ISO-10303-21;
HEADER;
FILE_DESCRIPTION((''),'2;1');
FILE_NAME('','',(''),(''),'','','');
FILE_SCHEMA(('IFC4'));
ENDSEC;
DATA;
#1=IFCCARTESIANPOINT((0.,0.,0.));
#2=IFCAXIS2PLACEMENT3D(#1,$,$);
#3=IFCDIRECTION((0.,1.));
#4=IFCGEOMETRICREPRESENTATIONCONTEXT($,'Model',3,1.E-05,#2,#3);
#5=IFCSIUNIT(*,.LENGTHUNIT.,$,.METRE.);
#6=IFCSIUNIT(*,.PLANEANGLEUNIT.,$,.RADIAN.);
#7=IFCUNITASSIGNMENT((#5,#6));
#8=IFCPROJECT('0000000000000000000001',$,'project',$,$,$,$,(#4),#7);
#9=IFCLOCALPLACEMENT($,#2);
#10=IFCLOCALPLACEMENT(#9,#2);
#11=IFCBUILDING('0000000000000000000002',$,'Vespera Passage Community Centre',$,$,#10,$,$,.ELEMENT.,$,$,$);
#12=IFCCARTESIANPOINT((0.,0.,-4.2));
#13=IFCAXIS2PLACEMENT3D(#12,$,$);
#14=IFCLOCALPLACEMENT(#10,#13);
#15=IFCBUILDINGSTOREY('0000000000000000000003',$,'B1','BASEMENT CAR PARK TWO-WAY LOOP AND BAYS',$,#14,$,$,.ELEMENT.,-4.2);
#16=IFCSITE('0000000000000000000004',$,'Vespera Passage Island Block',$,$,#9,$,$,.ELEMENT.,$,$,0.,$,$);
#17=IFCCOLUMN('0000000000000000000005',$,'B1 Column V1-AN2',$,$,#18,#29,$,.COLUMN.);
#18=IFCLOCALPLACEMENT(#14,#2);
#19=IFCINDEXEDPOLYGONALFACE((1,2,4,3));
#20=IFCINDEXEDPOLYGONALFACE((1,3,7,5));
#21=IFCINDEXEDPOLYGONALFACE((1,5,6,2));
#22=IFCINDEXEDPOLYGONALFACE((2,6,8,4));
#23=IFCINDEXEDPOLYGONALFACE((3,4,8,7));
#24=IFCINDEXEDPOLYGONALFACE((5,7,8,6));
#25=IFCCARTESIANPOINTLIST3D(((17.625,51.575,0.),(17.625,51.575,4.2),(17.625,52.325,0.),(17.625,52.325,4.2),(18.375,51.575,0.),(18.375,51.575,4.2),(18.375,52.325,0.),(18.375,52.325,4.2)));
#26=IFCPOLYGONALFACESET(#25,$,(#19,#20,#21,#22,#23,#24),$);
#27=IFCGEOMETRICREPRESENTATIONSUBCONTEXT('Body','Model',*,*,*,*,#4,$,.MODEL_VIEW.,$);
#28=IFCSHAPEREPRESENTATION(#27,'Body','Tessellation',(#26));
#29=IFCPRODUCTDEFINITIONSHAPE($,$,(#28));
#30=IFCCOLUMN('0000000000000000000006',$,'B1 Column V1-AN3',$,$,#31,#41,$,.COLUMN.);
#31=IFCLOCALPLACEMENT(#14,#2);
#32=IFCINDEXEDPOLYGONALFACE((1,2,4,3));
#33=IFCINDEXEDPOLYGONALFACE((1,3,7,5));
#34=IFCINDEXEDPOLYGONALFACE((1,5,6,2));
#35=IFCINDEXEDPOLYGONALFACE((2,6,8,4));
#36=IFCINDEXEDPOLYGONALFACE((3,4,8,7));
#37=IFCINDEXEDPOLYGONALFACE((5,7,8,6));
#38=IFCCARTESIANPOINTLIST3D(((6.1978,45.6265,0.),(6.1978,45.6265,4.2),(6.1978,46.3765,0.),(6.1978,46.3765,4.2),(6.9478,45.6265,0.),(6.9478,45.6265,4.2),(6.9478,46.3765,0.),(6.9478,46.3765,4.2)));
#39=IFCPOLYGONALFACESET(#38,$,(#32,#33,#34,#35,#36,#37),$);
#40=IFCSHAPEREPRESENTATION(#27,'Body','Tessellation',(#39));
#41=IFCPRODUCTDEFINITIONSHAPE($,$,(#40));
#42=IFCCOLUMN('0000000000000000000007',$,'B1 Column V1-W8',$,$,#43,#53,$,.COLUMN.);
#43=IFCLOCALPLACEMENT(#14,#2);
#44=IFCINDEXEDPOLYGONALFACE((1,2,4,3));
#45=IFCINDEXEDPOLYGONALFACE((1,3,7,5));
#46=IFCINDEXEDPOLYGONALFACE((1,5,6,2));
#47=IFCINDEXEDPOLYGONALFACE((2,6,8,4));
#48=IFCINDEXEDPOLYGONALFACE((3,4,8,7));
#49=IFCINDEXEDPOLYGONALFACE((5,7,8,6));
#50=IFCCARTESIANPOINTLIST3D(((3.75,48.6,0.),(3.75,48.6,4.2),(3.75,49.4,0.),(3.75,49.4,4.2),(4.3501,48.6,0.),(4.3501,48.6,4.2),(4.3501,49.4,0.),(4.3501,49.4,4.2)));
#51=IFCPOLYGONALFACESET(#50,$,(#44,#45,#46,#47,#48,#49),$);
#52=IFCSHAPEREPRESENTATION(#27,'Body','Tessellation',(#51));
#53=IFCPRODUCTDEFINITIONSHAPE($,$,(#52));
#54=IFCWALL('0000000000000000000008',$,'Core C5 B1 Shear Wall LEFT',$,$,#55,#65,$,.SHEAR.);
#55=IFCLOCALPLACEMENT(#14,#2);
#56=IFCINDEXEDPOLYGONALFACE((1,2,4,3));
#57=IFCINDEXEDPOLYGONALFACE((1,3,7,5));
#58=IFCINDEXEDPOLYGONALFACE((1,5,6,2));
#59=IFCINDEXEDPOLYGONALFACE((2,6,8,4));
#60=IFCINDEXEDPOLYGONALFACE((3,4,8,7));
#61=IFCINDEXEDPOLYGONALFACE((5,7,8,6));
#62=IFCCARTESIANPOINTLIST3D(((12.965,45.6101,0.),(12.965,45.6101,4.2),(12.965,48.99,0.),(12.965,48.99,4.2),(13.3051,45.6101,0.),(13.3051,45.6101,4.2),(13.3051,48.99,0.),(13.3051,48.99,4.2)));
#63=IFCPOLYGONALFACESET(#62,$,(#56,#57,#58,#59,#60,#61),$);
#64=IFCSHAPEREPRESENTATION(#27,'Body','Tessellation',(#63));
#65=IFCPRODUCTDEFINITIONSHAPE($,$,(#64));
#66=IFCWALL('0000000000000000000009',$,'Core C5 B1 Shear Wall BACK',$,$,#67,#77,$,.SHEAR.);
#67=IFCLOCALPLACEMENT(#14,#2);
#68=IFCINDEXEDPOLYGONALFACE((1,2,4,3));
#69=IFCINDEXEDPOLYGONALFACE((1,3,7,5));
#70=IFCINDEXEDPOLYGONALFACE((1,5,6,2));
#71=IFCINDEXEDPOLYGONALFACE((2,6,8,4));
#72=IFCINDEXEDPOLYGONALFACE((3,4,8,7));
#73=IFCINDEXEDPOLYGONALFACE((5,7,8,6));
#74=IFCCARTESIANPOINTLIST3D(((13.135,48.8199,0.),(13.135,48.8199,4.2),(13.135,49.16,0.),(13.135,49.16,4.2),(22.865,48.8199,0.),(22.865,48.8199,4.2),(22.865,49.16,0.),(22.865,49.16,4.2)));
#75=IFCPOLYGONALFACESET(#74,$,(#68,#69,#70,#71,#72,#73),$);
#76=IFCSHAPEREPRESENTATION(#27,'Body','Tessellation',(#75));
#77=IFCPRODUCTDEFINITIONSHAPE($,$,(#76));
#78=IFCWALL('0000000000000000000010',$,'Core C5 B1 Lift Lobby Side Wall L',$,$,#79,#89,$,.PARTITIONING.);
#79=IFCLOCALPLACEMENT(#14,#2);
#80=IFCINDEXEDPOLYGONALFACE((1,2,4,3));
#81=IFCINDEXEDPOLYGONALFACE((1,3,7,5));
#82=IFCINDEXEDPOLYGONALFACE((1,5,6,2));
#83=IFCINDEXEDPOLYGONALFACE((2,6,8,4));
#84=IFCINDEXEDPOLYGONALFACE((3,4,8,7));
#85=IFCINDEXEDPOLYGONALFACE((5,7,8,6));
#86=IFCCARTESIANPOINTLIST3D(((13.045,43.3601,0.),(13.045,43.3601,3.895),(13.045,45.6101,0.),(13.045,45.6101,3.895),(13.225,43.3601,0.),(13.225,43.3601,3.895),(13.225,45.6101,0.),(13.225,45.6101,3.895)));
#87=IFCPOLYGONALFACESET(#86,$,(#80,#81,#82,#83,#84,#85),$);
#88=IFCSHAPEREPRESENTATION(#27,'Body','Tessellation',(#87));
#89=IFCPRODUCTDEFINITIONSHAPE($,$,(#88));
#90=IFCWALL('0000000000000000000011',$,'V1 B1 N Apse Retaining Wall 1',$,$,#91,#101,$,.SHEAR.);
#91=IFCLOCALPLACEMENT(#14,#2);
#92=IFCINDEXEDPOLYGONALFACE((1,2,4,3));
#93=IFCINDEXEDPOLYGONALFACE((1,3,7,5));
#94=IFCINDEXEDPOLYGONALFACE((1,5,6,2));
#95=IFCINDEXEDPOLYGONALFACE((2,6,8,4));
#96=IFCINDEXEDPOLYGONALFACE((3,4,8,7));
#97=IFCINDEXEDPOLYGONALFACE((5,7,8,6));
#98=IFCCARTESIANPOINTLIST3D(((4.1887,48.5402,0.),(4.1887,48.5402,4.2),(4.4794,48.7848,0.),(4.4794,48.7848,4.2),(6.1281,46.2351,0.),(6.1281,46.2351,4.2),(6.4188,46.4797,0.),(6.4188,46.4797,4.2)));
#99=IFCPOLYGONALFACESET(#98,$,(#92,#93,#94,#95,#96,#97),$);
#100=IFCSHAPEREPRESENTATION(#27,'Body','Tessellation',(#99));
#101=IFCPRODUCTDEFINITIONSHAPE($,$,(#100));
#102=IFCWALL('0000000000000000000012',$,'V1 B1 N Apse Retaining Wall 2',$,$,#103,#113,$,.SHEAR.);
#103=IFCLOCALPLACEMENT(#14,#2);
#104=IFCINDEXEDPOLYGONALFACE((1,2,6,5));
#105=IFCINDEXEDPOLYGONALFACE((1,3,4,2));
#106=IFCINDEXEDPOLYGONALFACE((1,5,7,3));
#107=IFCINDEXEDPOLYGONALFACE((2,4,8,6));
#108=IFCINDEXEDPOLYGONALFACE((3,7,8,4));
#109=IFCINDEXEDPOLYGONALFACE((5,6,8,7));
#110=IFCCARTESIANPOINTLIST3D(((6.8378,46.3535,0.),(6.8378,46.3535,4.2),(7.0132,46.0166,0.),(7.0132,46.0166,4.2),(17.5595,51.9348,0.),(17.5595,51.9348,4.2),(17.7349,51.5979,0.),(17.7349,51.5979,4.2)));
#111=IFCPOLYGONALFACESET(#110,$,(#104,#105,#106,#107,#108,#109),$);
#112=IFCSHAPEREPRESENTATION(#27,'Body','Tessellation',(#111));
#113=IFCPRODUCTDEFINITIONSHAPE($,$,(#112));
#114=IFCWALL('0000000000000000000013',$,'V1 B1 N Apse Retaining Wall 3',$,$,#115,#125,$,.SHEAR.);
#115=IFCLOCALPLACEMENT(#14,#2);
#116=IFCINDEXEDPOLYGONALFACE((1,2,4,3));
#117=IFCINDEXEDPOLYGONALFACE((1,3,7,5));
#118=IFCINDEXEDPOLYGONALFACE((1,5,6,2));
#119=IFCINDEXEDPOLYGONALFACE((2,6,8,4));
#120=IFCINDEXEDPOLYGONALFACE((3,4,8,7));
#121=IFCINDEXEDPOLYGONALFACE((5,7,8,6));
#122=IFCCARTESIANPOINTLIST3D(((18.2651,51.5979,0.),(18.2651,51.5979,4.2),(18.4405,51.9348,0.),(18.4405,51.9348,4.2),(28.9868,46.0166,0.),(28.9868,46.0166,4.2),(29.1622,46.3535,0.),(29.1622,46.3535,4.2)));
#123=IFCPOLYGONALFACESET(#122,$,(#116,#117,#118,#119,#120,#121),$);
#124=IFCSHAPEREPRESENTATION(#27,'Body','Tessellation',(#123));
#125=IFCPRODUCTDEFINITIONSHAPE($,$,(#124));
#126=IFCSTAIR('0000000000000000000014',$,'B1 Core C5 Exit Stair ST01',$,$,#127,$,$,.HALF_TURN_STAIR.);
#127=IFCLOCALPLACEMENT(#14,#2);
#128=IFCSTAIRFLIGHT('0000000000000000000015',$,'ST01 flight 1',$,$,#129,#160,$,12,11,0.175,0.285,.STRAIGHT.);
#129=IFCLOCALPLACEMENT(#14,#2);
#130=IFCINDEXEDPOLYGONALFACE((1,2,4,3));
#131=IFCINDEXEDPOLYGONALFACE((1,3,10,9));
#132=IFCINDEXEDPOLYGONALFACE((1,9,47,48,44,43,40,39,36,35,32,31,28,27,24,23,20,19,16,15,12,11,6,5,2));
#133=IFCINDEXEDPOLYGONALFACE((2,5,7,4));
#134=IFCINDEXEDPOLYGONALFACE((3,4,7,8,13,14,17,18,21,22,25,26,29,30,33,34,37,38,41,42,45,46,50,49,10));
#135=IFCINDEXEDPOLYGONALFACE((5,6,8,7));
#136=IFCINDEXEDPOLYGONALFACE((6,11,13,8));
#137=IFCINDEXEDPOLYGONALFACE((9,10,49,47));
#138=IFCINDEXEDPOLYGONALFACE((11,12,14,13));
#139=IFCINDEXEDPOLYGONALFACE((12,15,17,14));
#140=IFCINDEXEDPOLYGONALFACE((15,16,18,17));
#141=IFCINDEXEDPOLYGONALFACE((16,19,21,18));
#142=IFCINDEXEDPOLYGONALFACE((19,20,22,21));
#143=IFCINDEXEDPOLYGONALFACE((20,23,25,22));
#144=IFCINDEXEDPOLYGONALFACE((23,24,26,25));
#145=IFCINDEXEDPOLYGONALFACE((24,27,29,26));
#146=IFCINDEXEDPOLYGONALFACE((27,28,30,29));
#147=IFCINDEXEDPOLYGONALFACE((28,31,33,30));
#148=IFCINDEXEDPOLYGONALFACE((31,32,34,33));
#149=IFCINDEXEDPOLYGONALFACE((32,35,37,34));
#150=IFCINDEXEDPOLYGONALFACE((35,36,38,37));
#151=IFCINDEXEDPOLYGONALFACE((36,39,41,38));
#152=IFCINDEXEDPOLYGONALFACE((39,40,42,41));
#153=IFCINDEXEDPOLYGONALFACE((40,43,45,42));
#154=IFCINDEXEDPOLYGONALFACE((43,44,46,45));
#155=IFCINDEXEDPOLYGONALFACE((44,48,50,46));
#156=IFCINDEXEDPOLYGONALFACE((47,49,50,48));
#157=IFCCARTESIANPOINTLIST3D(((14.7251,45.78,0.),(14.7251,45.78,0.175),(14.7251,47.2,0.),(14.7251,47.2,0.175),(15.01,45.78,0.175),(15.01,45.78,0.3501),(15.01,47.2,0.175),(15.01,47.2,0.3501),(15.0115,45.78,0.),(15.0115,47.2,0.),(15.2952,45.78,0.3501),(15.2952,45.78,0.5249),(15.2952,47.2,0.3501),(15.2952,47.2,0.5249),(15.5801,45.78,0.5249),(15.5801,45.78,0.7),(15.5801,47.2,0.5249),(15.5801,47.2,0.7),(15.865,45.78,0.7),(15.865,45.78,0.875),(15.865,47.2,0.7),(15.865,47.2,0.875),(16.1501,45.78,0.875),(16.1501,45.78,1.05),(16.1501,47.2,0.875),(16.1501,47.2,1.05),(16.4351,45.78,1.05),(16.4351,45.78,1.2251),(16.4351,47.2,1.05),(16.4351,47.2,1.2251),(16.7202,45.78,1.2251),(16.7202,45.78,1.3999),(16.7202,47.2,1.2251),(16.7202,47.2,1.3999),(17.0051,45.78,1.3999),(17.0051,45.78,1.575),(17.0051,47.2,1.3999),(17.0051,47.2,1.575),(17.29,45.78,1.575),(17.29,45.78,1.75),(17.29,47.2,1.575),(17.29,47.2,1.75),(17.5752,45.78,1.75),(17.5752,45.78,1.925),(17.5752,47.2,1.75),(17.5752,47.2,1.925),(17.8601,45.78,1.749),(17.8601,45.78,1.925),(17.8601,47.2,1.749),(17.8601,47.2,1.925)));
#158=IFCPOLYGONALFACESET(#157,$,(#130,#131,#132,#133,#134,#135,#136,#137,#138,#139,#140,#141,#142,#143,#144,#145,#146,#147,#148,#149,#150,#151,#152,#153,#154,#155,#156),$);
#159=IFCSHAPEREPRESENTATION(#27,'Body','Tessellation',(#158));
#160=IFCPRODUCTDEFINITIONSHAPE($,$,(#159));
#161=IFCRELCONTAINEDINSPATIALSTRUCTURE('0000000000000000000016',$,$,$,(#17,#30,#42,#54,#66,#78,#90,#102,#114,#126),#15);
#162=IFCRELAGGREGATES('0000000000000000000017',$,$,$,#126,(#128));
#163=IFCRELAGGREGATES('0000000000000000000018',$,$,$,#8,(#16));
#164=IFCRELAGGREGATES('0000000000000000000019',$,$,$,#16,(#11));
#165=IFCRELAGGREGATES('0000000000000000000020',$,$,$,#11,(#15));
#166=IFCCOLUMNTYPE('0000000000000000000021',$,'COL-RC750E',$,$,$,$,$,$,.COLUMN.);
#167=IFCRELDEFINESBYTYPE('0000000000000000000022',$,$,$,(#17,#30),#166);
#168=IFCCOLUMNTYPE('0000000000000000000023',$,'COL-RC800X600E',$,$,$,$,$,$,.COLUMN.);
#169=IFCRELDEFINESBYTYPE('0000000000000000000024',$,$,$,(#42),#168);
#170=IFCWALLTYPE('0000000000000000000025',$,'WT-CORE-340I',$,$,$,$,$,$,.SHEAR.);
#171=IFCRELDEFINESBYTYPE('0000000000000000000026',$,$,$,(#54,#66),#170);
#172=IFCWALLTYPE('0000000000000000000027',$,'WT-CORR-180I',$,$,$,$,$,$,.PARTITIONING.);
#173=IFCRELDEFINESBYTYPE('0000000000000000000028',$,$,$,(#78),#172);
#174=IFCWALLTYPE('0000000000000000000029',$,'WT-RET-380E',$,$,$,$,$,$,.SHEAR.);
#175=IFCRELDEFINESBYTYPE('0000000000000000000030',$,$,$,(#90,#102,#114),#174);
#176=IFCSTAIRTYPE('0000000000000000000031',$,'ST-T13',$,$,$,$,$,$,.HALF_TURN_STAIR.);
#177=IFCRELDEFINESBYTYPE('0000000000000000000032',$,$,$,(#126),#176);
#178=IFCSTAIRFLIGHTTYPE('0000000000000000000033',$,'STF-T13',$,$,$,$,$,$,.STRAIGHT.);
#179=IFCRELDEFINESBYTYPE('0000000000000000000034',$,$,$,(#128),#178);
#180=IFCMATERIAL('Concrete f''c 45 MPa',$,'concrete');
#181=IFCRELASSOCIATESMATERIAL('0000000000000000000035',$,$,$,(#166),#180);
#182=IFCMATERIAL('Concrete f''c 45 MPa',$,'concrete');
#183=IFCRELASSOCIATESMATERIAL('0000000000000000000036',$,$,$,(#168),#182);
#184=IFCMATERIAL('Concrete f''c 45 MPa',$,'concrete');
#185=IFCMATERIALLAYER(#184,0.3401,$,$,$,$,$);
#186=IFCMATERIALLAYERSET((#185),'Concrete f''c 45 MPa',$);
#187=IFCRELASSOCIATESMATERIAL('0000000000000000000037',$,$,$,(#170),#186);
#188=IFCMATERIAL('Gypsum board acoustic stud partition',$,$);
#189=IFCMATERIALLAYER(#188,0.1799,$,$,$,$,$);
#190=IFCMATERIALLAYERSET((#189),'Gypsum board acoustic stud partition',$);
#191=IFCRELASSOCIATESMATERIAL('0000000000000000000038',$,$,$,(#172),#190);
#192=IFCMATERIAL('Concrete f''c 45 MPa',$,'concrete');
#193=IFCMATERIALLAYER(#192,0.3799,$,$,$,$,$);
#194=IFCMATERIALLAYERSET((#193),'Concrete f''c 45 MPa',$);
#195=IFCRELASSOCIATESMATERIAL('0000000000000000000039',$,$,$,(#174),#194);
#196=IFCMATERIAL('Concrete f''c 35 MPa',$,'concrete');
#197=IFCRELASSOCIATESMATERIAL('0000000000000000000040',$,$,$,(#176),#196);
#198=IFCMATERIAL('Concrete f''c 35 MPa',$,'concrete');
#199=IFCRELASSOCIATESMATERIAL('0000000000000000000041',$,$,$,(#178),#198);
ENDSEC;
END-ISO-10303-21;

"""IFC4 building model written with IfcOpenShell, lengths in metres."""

from ifc_helpers import new_model, si_unit, direction, frame, frame_2d, origin, origin_2d, place, context, subcontext, project, spatial, polyline, rectangle, outline, extrude, material, layer, layer_set, material_profile, profile_set, type_object, element, aggregate, save


model = new_model("IFC4")

# Units and contexts
model_context = context("Model", 3, precision=1e-05, world=origin(), true_north=direction((0.0, 1.0)))
body_context = subcontext(model_context, "Body", "Model", "MODEL_VIEW")
ifc_project = project(units=[si_unit("LENGTHUNIT", "METRE"), si_unit("PLANEANGLEUNIT", "RADIAN")], contexts=[model_context])

# Site, building, storey
site_placement = place(None, origin())
site = spatial("IfcSite", under=ifc_project, at=site_placement, Name="Vespera Passage Island Block", CompositionType="ELEMENT", RefElevation=0.0)
building_placement = place(site_placement, origin())
building = spatial("IfcBuilding", under=site, at=building_placement, Name="Vespera Passage Community Centre", CompositionType="ELEMENT")
storey_placement = place(building_placement, frame((0.0, 0.0, -4.2)))
storey = spatial("IfcBuildingStorey", under=building, at=storey_placement, Name="B1", Description="BASEMENT CAR PARK TWO-WAY LOOP AND BAYS", CompositionType="ELEMENT", Elevation=-4.2)

# Columns
ifc_material_1 = material(Name="Concrete f'c 45 MPa", Category="concrete")
ifc_material_profile_1 = material_profile(ifc_material_1, rectangle(XDim=0.75, YDim=0.75, at=origin_2d()), Name="RC750X750")
ifc_profile_set_1 = profile_set([ifc_material_profile_1], Name="Concrete f'c 45 MPa")
column_type_1 = type_object("IfcColumnType", Name="COL-RC750E", PredefinedType="COLUMN", material=ifc_profile_set_1)
for number, where, z_axis, x_axis, name in (
    (1, (18.0, 51.95, 0.0), (0.0, 0.0, 1.0), (1.0, 0.0, 0.0), "B1 Column V1-AN2"),
    (2, (6.5728, 46.0015, 0.0), (0.0, 0.0, 1.0), (1.0, 0.0, 0.0), "B1 Column V1-AN3"),
):
    element("IfcColumn", number, at=place(storey_placement, frame(where, z_axis=z_axis, x_axis=x_axis)), inside=storey, type_object=column_type_1, Name=name, PredefinedType="COLUMN", context=body_context, shape_type="SweptSolid", body=[
        extrude(rectangle(XDim=0.75, YDim=0.75, at=origin_2d()), origin(), (0.0, 0.0, 1.0), 4.2),
    ])
ifc_material_2 = material(Name="Concrete f'c 45 MPa", Category="concrete")
ifc_material_profile_2 = material_profile(ifc_material_2, rectangle(XDim=0.6001, YDim=0.8, at=origin_2d()), Name="RC800X600")
ifc_profile_set_2 = profile_set([ifc_material_profile_2], Name="Concrete f'c 45 MPa")
column_type_2 = type_object("IfcColumnType", Name="COL-RC800X600E", PredefinedType="COLUMN", material=ifc_profile_set_2)
column_placement = place(storey_placement, frame((4.05, 49.0, 0.0), z_axis=(0.0, 0.0, 1.0), x_axis=(1.0, 0.0, 0.0)))
element("IfcColumn", 3, at=column_placement, inside=storey, type_object=column_type_2, Name="B1 Column V1-W8", PredefinedType="COLUMN", context=body_context, shape_type="SweptSolid", body=[
    extrude(rectangle(XDim=0.6001, YDim=0.8, at=origin_2d()), origin(), (0.0, 0.0, 1.0), 4.2),
])

# Walls
ifc_material_3 = material(Name="Concrete f'c 45 MPa", Category="concrete")
ifc_layer_1 = layer(ifc_material_3, 0.3401)
ifc_layer_set_1 = layer_set([ifc_layer_1], Name="Concrete f'c 45 MPa")
wall_type_1 = type_object("IfcWallType", Name="WT-CORE-340I", PredefinedType="SHEAR", material=ifc_layer_set_1)
wall_1_placement = place(storey_placement, frame((13.135, 45.6101, 0.0), z_axis=(0.0, 0.0, 1.0), x_axis=(0.0, 1.0, 0.0)))
element("IfcWall", 4, at=wall_1_placement, inside=storey, type_object=wall_type_1, Name="Core C5 B1 Shear Wall LEFT", PredefinedType="SHEAR", context=body_context, shape_type="SweptSolid", body=[
    extrude(rectangle(XDim=3.3799, YDim=0.3401, at=frame_2d((1.6899, 0.0))), origin(), (0.0, 0.0, 1.0), 4.2),
])
wall_2_placement = place(storey_placement, frame((13.135, 48.99, 0.0), z_axis=(0.0, 0.0, 1.0), x_axis=(1.0, 0.0, 0.0)))
element("IfcWall", 5, at=wall_2_placement, inside=storey, type_object=wall_type_1, Name="Core C5 B1 Shear Wall BACK", PredefinedType="SHEAR", context=body_context, shape_type="SweptSolid", body=[
    extrude(rectangle(XDim=9.73, YDim=0.3401, at=frame_2d((4.865, 0.0))), origin(), (0.0, 0.0, 1.0), 4.2),
])
ifc_material_4 = material(Name="Gypsum board acoustic stud partition")
ifc_layer_2 = layer(ifc_material_4, 0.1799)
ifc_layer_set_2 = layer_set([ifc_layer_2], Name="Gypsum board acoustic stud partition")
wall_type_2 = type_object("IfcWallType", Name="WT-CORR-180I", PredefinedType="PARTITIONING", material=ifc_layer_set_2)
wall_3_placement = place(storey_placement, frame((13.135, 45.6101, 0.0), z_axis=(0.0, 0.0, 1.0), x_axis=(0.0, -1.0, 0.0)))
element("IfcWall", 6, at=wall_3_placement, inside=storey, type_object=wall_type_2, Name="Core C5 B1 Lift Lobby Side Wall L", PredefinedType="PARTITIONING", context=body_context, shape_type="SweptSolid", body=[
    extrude(rectangle(XDim=2.25, YDim=0.1799, at=frame_2d((1.125, 0.0))), origin(), (0.0, 0.0, 1.0), 3.895),
])
ifc_material_5 = material(Name="Concrete f'c 45 MPa", Category="concrete")
ifc_layer_3 = layer(ifc_material_5, 0.3799)
ifc_layer_set_3 = layer_set([ifc_layer_3], Name="Concrete f'c 45 MPa")
wall_type_3 = type_object("IfcWallType", Name="WT-RET-380E", PredefinedType="SHEAR", material=ifc_layer_set_3)
wall_4_placement = place(storey_placement, frame((4.334, 48.6626, 0.0), z_axis=(0.0, 0.0, 1.0), x_axis=(0.643796, -0.765197, 0.0)))
element("IfcWall", 7, at=wall_4_placement, inside=storey, type_object=wall_type_3, Name="V1 B1 N Apse Retaining Wall 1", PredefinedType="SHEAR", context=body_context, shape_type="SweptSolid", body=[
    extrude(rectangle(XDim=3.0125, YDim=0.3799, at=frame_2d((1.5063, 0.0))), origin(), (0.0, 0.0, 1.0), 4.2),
])
for number, where, z_axis, x_axis, name in (
    (8, (6.9255, 46.1851, 0.0), (0.0, 0.0, 1.0), (0.887013, 0.461745, 0.0), "V1 B1 N Apse Retaining Wall 2"),
    (9, (18.3528, 51.7664, 0.0), (0.0, 0.0, 1.0), (0.887013, -0.461745, 0.0), "V1 B1 N Apse Retaining Wall 3"),
):
    element("IfcWall", number, at=place(storey_placement, frame(where, z_axis=z_axis, x_axis=x_axis)), inside=storey, type_object=wall_type_3, Name=name, PredefinedType="SHEAR", context=body_context, shape_type="SweptSolid", body=[
        extrude(rectangle(XDim=12.0874, YDim=0.3799, at=frame_2d((6.0437, 0.0))), origin(), (0.0, 0.0, 1.0), 4.2),
    ])

# Stair, stair flight
ifc_material_6 = material(Name="Concrete f'c 35 MPa", Category="concrete")
stair_type = type_object("IfcStairType", Name="ST-T13", PredefinedType="HALF_TURN_STAIR", material=ifc_material_6)
stair_placement = place(storey_placement, origin())
stair = element("IfcStair", 10, at=stair_placement, inside=storey, type_object=stair_type, Name="B1 Core C5 Exit Stair ST01", PredefinedType="HALF_TURN_STAIR")
ifc_material_7 = material(Name="Concrete f'c 35 MPa", Category="concrete")
stair_flight_type = type_object("IfcStairFlightType", Name="STF-T13", PredefinedType="STRAIGHT", material=ifc_material_7)
stair_flight_1_placement = place(storey_placement, frame((14.7251, 46.49, 0.0), z_axis=(0.0, 0.0, 1.0), x_axis=(1.0, 0.0, 0.0)))
stair_flight_1 = element("IfcStairFlight", 11, at=stair_flight_1_placement, type_object=stair_flight_type, Name="ST01 flight 1", NumberOfRisers=12, NumberOfTreads=11, PredefinedType="STRAIGHT", RiserHeight=0.175, TreadLength=0.285, context=body_context, shape_type="SweptSolid", body=[
    extrude(outline(polyline([(0.0, 0.0), (0.0, 0.175), (0.2849, 0.175), (0.2849, 0.3501), (0.5701, 0.3501), (0.5701, 0.5249), (0.855, 0.5249), (0.855, 0.7), (1.1399, 0.7), (1.1399, 0.875), (1.425, 0.875), (1.425, 1.05), (1.71, 1.05), (1.71, 1.2251), (1.9951, 1.2251), (1.9951, 1.3999), (2.28, 1.3999), (2.28, 1.575), (2.5649, 1.575), (2.5649, 1.75), (2.8501, 1.75), (2.8501, 1.925), (3.135, 1.925), (3.135, 2.1001), (3.135, 1.749), (0.2864, 0.0), (0.0, 0.0)])), frame((0.0, 0.71, 0.0), z_axis=(0.0, -1.0, 0.0), x_axis=(1.0, 0.0, 0.0)), (0.0, 0.0, 1.0), 1.4199),
])
aggregate(stair, [stair_flight_1])

save(model, "model.ifc")
